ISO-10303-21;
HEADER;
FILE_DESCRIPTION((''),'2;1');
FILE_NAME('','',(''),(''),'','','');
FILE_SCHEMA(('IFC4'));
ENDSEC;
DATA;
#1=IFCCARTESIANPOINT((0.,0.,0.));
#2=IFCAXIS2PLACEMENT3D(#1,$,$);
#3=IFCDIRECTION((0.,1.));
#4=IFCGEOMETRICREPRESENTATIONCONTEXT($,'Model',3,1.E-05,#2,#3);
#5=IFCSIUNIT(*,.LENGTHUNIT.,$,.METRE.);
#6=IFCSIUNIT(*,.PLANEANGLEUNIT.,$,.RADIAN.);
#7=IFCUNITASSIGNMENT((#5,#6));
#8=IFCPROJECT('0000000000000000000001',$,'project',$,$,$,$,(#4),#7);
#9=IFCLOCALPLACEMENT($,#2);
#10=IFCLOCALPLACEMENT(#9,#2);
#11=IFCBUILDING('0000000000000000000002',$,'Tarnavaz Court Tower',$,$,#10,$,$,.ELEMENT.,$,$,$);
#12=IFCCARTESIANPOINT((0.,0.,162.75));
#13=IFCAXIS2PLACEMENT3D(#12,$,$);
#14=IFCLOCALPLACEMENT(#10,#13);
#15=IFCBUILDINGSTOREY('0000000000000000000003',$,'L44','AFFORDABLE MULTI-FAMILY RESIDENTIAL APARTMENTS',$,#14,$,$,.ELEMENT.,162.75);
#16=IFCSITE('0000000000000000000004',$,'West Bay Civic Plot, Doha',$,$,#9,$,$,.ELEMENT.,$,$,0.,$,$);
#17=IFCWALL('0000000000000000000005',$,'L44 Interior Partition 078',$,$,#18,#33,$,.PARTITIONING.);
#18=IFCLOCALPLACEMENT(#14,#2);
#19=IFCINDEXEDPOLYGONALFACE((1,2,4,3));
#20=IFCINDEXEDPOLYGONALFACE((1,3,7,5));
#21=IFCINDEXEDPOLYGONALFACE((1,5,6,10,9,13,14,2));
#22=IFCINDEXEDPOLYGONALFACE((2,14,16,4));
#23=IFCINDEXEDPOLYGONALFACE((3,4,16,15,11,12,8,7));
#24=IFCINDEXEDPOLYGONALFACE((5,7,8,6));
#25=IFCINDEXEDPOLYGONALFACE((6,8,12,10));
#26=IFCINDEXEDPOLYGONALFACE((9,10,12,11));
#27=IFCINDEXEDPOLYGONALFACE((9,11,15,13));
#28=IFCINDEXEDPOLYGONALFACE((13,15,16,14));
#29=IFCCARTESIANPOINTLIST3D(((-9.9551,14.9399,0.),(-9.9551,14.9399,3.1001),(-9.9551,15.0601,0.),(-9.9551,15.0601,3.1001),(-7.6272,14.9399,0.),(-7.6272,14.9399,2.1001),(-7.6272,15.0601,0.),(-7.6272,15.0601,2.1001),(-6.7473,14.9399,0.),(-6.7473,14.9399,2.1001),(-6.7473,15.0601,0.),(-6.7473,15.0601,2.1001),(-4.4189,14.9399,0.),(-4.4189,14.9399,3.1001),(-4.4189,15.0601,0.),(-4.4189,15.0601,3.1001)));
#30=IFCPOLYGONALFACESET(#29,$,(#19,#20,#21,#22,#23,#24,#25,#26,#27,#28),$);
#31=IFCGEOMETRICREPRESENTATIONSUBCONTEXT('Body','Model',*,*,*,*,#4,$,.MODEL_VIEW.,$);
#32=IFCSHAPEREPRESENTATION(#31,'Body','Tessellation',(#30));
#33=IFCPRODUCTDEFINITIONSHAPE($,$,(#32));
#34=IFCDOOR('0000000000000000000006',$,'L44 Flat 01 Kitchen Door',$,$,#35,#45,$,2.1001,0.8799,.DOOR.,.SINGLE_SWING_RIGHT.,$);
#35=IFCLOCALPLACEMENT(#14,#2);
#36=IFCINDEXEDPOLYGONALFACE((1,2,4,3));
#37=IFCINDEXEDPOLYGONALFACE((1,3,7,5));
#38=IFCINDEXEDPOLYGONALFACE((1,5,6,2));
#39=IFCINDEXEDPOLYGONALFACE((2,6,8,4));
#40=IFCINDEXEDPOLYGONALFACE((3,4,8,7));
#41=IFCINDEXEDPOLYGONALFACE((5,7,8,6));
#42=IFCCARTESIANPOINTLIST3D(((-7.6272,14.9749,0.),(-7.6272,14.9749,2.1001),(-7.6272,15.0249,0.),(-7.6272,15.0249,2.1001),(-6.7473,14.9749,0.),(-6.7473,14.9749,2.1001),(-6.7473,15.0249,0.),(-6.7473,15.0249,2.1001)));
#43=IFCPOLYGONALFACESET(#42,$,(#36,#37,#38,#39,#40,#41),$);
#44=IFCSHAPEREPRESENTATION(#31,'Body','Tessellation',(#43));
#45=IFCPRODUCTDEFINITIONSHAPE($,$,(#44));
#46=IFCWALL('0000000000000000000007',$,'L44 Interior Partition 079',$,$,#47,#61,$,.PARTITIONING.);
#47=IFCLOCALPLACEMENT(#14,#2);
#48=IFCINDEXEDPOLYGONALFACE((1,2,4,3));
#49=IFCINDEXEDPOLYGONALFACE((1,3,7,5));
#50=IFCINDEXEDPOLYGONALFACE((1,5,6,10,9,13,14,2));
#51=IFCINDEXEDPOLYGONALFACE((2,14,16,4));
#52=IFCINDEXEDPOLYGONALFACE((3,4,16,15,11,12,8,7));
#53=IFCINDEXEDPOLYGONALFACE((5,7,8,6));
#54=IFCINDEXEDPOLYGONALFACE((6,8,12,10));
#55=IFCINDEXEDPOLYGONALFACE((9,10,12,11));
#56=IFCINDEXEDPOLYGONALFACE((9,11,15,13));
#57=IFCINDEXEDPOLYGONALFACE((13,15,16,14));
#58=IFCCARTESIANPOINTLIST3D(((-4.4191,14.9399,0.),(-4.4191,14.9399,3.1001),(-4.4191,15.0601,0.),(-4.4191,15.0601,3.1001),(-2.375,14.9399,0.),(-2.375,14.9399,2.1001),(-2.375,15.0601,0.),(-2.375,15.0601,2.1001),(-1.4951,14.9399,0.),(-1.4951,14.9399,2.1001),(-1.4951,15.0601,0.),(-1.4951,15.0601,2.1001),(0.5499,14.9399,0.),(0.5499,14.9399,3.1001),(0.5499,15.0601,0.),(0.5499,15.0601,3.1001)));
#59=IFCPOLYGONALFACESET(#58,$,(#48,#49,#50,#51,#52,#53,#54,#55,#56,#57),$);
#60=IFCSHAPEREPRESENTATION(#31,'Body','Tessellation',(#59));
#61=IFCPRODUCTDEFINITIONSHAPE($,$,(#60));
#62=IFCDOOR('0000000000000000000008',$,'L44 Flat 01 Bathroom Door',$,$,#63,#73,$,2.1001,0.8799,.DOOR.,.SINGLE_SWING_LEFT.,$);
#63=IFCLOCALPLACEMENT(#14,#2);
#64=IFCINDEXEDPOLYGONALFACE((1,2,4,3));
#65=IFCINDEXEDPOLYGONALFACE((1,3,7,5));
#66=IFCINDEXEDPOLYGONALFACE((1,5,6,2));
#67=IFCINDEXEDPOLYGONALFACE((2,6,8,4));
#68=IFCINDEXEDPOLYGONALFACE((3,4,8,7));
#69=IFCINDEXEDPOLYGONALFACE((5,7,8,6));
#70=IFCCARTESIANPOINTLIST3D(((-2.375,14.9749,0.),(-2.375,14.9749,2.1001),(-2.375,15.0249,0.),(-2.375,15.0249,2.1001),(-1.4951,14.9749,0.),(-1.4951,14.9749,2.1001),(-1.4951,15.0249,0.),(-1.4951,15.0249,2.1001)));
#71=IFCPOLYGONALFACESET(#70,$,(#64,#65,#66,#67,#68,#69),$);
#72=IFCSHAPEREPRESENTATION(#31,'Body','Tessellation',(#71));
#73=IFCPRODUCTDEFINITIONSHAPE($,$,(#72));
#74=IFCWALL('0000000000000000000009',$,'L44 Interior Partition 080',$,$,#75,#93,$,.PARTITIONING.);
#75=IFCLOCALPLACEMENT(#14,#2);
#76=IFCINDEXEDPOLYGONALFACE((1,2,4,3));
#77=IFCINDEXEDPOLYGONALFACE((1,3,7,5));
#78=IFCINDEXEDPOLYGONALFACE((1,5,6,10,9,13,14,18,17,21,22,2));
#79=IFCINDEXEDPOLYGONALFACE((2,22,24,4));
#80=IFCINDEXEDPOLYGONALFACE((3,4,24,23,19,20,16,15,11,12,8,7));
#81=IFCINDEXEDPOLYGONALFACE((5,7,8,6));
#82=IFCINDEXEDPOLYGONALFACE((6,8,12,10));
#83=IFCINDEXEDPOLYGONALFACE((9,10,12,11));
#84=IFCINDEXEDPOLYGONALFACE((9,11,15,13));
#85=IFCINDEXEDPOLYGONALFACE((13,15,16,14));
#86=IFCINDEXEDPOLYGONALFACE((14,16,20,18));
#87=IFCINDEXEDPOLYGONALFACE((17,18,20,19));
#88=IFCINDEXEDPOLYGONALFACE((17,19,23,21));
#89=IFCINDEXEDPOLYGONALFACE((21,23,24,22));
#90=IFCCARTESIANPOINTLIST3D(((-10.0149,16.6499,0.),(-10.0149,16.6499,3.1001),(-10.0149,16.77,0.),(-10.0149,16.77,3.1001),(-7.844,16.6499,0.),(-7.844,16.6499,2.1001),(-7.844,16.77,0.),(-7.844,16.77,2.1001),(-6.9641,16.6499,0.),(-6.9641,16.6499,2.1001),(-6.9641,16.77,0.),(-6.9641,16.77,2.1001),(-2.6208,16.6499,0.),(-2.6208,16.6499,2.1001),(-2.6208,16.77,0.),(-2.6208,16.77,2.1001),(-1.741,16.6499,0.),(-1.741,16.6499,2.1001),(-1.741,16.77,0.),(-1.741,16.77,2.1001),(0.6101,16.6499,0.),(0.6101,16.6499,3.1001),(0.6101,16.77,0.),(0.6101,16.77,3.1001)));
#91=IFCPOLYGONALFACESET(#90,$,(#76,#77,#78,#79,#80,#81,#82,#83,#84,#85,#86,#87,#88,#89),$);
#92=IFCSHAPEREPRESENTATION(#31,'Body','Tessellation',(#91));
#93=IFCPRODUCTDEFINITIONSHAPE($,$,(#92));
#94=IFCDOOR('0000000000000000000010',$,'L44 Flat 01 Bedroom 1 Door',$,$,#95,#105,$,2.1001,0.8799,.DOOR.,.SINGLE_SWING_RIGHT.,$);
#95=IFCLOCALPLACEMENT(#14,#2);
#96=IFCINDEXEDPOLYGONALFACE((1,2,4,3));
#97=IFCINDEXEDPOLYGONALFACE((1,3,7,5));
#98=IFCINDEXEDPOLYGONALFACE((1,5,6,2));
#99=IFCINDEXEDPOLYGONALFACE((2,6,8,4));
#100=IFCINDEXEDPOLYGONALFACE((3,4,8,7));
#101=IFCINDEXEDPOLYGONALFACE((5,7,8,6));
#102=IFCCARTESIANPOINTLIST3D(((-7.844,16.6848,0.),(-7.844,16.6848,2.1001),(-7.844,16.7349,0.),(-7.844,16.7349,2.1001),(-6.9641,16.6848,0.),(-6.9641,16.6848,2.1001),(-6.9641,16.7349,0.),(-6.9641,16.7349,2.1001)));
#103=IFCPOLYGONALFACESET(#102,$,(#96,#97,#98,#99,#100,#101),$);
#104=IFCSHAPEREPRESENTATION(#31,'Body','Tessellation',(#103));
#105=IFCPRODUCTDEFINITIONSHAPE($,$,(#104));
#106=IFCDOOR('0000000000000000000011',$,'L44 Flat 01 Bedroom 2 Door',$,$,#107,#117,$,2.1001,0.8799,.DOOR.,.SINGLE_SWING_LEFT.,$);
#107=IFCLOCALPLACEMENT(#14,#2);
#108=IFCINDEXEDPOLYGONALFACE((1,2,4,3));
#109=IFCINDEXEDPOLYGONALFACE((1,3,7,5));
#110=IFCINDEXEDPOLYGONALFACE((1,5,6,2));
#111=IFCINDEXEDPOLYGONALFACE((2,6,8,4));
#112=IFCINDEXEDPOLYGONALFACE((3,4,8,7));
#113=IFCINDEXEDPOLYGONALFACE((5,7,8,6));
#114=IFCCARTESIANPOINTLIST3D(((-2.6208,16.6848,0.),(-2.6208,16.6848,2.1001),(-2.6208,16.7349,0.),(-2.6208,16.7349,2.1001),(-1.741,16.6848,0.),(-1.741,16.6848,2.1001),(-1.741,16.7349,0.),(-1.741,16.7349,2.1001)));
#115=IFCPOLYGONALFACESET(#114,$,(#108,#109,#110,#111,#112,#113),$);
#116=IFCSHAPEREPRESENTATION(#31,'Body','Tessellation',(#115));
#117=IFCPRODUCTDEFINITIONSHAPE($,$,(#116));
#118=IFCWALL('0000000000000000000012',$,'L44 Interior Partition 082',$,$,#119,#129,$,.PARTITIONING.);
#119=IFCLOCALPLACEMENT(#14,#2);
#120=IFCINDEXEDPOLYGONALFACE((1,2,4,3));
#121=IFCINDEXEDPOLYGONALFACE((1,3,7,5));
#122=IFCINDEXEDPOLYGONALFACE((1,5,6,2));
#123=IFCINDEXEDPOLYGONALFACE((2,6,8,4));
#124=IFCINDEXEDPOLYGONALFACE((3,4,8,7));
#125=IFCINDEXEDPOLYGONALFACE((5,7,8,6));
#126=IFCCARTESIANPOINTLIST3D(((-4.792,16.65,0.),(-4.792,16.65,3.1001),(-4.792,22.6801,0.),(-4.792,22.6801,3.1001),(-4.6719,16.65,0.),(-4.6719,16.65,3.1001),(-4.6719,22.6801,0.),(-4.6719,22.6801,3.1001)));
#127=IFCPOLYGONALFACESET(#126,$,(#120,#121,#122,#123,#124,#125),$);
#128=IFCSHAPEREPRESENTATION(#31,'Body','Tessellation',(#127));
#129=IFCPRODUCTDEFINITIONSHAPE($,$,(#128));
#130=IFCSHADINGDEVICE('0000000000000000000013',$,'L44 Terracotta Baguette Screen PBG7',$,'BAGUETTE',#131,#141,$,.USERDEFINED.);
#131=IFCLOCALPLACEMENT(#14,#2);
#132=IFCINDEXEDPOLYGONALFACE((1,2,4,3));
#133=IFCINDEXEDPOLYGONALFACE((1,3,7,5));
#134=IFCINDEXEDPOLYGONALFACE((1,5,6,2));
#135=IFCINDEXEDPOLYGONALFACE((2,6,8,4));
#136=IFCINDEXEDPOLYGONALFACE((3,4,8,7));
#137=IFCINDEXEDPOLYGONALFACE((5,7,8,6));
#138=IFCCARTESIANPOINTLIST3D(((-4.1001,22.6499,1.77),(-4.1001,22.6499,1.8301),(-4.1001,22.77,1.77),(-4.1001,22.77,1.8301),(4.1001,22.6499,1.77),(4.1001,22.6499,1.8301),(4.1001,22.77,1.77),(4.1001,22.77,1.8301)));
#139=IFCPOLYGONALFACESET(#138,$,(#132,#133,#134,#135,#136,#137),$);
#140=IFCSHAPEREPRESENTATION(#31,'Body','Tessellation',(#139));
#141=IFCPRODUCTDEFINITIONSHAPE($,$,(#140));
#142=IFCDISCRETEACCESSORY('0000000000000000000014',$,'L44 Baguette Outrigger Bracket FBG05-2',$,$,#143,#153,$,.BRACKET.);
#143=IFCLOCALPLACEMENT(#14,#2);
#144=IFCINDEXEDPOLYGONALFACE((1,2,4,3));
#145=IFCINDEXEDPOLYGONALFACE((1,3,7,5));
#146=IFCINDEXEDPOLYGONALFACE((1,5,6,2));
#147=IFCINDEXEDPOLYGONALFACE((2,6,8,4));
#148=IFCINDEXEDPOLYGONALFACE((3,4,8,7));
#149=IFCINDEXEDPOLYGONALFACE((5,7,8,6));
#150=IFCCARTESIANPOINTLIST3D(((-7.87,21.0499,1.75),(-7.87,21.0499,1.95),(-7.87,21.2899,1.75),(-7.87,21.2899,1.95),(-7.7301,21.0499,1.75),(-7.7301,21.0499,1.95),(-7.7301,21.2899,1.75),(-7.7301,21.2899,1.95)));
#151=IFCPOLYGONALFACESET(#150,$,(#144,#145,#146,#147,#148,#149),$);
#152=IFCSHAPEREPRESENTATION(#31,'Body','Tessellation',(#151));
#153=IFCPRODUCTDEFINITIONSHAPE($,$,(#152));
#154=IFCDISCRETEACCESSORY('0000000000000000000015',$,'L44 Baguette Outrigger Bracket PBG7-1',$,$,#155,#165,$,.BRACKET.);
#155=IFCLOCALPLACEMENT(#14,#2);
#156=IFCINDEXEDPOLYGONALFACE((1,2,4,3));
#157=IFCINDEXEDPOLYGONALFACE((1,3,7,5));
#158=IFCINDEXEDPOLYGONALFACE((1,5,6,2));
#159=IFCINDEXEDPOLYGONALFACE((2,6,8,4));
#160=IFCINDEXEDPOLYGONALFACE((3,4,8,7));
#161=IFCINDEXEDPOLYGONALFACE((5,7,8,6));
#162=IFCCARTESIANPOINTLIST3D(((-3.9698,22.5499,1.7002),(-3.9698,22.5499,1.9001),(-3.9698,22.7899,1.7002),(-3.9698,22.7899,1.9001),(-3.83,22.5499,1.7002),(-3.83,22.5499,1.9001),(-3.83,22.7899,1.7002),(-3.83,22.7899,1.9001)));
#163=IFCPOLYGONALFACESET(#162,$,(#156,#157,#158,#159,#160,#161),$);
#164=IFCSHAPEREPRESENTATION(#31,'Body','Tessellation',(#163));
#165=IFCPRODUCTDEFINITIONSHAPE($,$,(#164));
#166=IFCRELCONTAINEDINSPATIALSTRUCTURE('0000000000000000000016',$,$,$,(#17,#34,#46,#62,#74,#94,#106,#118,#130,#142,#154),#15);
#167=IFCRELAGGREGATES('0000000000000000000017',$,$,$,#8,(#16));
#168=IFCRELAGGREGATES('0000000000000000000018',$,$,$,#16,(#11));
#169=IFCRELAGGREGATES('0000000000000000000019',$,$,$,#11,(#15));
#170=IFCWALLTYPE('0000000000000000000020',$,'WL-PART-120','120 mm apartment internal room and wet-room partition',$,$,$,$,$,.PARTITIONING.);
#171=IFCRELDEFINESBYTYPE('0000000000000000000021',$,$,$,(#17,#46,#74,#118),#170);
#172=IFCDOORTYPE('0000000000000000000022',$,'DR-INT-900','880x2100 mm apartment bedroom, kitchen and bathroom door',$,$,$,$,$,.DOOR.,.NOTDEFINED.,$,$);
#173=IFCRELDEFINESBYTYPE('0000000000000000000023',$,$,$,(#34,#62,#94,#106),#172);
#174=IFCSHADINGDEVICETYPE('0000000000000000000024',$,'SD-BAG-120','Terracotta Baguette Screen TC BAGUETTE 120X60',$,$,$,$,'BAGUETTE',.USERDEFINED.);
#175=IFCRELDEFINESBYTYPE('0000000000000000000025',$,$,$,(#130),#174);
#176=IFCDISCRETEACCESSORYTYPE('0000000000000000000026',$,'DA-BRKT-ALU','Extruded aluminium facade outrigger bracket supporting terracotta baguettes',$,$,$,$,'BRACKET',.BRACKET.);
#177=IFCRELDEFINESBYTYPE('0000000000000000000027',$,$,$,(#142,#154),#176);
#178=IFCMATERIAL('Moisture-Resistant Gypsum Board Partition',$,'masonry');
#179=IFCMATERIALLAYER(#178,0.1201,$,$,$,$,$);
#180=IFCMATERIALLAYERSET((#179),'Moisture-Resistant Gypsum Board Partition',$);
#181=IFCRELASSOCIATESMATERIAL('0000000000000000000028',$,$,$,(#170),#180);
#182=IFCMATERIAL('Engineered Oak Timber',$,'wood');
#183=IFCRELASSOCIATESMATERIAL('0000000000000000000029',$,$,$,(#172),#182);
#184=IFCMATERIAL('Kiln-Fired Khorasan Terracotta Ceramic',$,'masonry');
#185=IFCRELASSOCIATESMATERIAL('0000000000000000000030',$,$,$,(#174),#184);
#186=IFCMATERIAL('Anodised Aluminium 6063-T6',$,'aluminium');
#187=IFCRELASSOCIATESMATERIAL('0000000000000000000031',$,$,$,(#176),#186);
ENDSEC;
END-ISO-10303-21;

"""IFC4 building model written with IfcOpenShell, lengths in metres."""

from ifc_helpers import new_model, si_unit, direction, frame, frame_2d, origin, origin_2d, place, context, subcontext, project, spatial, rectangle, extrude, material, layer, layer_set, material_profile, profile_set, type_object, element, fill, save


model = new_model("IFC4")

# Units and contexts
model_context = context("Model", 3, precision=1e-05, world=origin(), true_north=direction((0.0, 1.0)))
body_context = subcontext(model_context, "Body", "Model", "MODEL_VIEW")
ifc_project = project(units=[si_unit("LENGTHUNIT", "METRE"), si_unit("PLANEANGLEUNIT", "RADIAN")], contexts=[model_context])

# Site, building, storey
site_placement = place(None, origin())
site = spatial("IfcSite", under=ifc_project, at=site_placement, Name="West Bay Civic Plot, Doha", CompositionType="ELEMENT", RefElevation=0.0)
building_placement = place(site_placement, origin())
building = spatial("IfcBuilding", under=site, at=building_placement, Name="Tarnavaz Court Tower", CompositionType="ELEMENT")
storey_placement = place(building_placement, frame((0.0, 0.0, 162.75)))
storey = spatial("IfcBuildingStorey", under=building, at=storey_placement, Name="L44", Description="AFFORDABLE MULTI-FAMILY RESIDENTIAL APARTMENTS", CompositionType="ELEMENT", Elevation=162.75)

# Shared definitions
ifc_material_1 = material(Name="Anodised Aluminium 6063-T6", Category="aluminium")

# Walls, openings, doors
ifc_material_2 = material(Name="Moisture-Resistant Gypsum Board Partition", Category="masonry")
ifc_layer_1 = layer(ifc_material_2, 0.1201)
ifc_layer_set_1 = layer_set([ifc_layer_1], Name="Moisture-Resistant Gypsum Board Partition")
wall_type_1 = type_object("IfcWallType", Name="WL-PART-120", Description="120 mm apartment internal room and wet-room partition", PredefinedType="PARTITIONING", material=ifc_layer_set_1)
wall_1_placement = place(storey_placement, frame((-9.9551, 15.0, 0.0), z_axis=(0.0, 0.0, 1.0), x_axis=(1.0, 0.0, 0.0)))
wall_1 = element("IfcWall", 1, at=wall_1_placement, inside=storey, type_object=wall_type_1, Name="L44 Interior Partition 078", PredefinedType="PARTITIONING", context=body_context, shape_type="SweptSolid", body=[
    extrude(rectangle(XDim=5.5361, YDim=0.1201, at=frame_2d((2.7681, 0.0))), origin(), (0.0, 0.0, 1.0), 3.1001),
])
opening_1_placement = place(wall_1_placement, frame((2.3279, 0.0, 0.0)))
opening_1 = element("IfcOpeningElement", 2, at=opening_1_placement, cuts=wall_1, PredefinedType="OPENING", context=body_context, shape_type="SweptSolid", body=[
    extrude(rectangle(XDim=0.8799, YDim=2.1001, at=frame_2d((0.4399, 1.05))), frame((0.0, 0.0701, 0.0), z_axis=(0.0, -1.0, 0.0), x_axis=(1.0, 0.0, 0.0)), (0.0, 0.0, 1.0), 0.1401),
])
ifc_material_3 = material(Name="Engineered Oak Timber", Category="wood")
door_type = type_object("IfcDoorType", Name="DR-INT-900", Description="880x2100 mm apartment bedroom, kitchen and bathroom door", OperationType="NOTDEFINED", PredefinedType="DOOR", material=ifc_material_3)
door_1_placement = place(opening_1_placement, origin())
door_1 = element("IfcDoor", 3, at=door_1_placement, inside=storey, type_object=door_type, Name="L44 Flat 01 Kitchen Door", OperationType="SINGLE_SWING_RIGHT", OverallHeight=2.1001, OverallWidth=0.8799, PredefinedType="DOOR", context=body_context, shape_type="SweptSolid", body=[
    extrude(rectangle(XDim=0.8799, YDim=2.1001, at=frame_2d((0.4399, 1.05))), frame((0.0, 0.0249, 0.0), z_axis=(0.0, -1.0, 0.0), x_axis=(1.0, 0.0, 0.0)), (0.0, 0.0, 1.0), 0.05),
])
fill(opening_1, door_1)
wall_2_placement = place(storey_placement, frame((-4.4189, 15.0, 0.0), z_axis=(0.0, 0.0, 1.0), x_axis=(1.0, 0.0, 0.0)))
wall_2 = element("IfcWall", 4, at=wall_2_placement, inside=storey, type_object=wall_type_1, Name="L44 Interior Partition 079", PredefinedType="PARTITIONING", context=body_context, shape_type="SweptSolid", body=[
    extrude(rectangle(XDim=4.969, YDim=0.1201, at=frame_2d((2.4844, 0.0))), origin(), (0.0, 0.0, 1.0), 3.1001),
])
opening_2_placement = place(wall_2_placement, frame((2.0439, 0.0, 0.0)))
opening_2 = element("IfcOpeningElement", 5, at=opening_2_placement, cuts=wall_2, PredefinedType="OPENING", context=body_context, shape_type="SweptSolid", body=[
    extrude(rectangle(XDim=0.8799, YDim=2.1001, at=frame_2d((0.4399, 1.05))), frame((0.0, 0.0701, 0.0), z_axis=(0.0, -1.0, 0.0), x_axis=(1.0, 0.0, 0.0)), (0.0, 0.0, 1.0), 0.1401),
])
door_2_placement = place(opening_2_placement, origin())
door_2 = element("IfcDoor", 6, at=door_2_placement, inside=storey, type_object=door_type, Name="L44 Flat 01 Bathroom Door", OperationType="SINGLE_SWING_LEFT", OverallHeight=2.1001, OverallWidth=0.8799, PredefinedType="DOOR", context=body_context, shape_type="SweptSolid", body=[
    extrude(rectangle(XDim=0.8799, YDim=2.1001, at=frame_2d((0.4399, 1.05))), frame((0.0, 0.0249, 0.0), z_axis=(0.0, -1.0, 0.0), x_axis=(1.0, 0.0, 0.0)), (0.0, 0.0, 1.0), 0.05),
])
fill(opening_2, door_2)

# Wall, openings, doors
wall_3_placement = place(storey_placement, frame((-10.0149, 16.71, 0.0), z_axis=(0.0, 0.0, 1.0), x_axis=(1.0, 0.0, 0.0)))
wall_3 = element("IfcWall", 7, at=wall_3_placement, inside=storey, type_object=wall_type_1, Name="L44 Interior Partition 080", PredefinedType="PARTITIONING", context=body_context, shape_type="SweptSolid", body=[
    extrude(rectangle(XDim=10.625, YDim=0.1201, at=frame_2d((5.3125, 0.0))), origin(), (0.0, 0.0, 1.0), 3.1001),
])
opening_3_placement = place(wall_3_placement, frame((2.1709, 0.0, 0.0)))
opening_3 = element("IfcOpeningElement", 8, at=opening_3_placement, cuts=wall_3, PredefinedType="OPENING", context=body_context, shape_type="SweptSolid", body=[
    extrude(rectangle(XDim=0.8799, YDim=2.1001, at=frame_2d((0.4399, 1.05))), frame((0.0, 0.0701, 0.0), z_axis=(0.0, -1.0, 0.0), x_axis=(1.0, 0.0, 0.0)), (0.0, 0.0, 1.0), 0.1401),
])
opening_4_placement = place(wall_3_placement, frame((7.394, 0.0, 0.0)))
opening_4 = element("IfcOpeningElement", 9, at=opening_4_placement, cuts=wall_3, PredefinedType="OPENING", context=body_context, shape_type="SweptSolid", body=[
    extrude(rectangle(XDim=0.8799, YDim=2.1001, at=frame_2d((0.4399, 1.05))), frame((0.0, 0.0701, 0.0), z_axis=(0.0, -1.0, 0.0), x_axis=(1.0, 0.0, 0.0)), (0.0, 0.0, 1.0), 0.1401),
])
door_3_placement = place(opening_3_placement, origin())
door_3 = element("IfcDoor", 10, at=door_3_placement, inside=storey, type_object=door_type, Name="L44 Flat 01 Bedroom 1 Door", OperationType="SINGLE_SWING_RIGHT", OverallHeight=2.1001, OverallWidth=0.8799, PredefinedType="DOOR", context=body_context, shape_type="SweptSolid", body=[
    extrude(rectangle(XDim=0.8799, YDim=2.1001, at=frame_2d((0.4399, 1.05))), frame((0.0, 0.0249, 0.0), z_axis=(0.0, -1.0, 0.0), x_axis=(1.0, 0.0, 0.0)), (0.0, 0.0, 1.0), 0.05),
])
fill(opening_3, door_3)
door_4_placement = place(opening_4_placement, origin())
door_4 = element("IfcDoor", 11, at=door_4_placement, inside=storey, type_object=door_type, Name="L44 Flat 01 Bedroom 2 Door", OperationType="SINGLE_SWING_LEFT", OverallHeight=2.1001, OverallWidth=0.8799, PredefinedType="DOOR", context=body_context, shape_type="SweptSolid", body=[
    extrude(rectangle(XDim=0.8799, YDim=2.1001, at=frame_2d((0.4399, 1.05))), frame((0.0, 0.0249, 0.0), z_axis=(0.0, -1.0, 0.0), x_axis=(1.0, 0.0, 0.0)), (0.0, 0.0, 1.0), 0.05),
])
fill(opening_4, door_4)

# Wall
wall_4_placement = place(storey_placement, frame((-4.7319, 16.6499, 0.0), z_axis=(0.0, 0.0, 1.0), x_axis=(0.0, 1.0, 0.0)))
element("IfcWall", 12, at=wall_4_placement, inside=storey, type_object=wall_type_1, Name="L44 Interior Partition 082", PredefinedType="PARTITIONING", context=body_context, shape_type="SweptSolid", body=[
    extrude(rectangle(XDim=6.03, YDim=0.1201, at=frame_2d((3.0151, 0.0))), origin(), (0.0, 0.0, 1.0), 3.1001),
])

# Shading device
ifc_material_4 = material(Name="Kiln-Fired Khorasan Terracotta Ceramic", Category="masonry")
ifc_material_profile_1 = material_profile(ifc_material_4, rectangle(XDim=0.1201, YDim=0.0601, at=origin_2d()), Name="TC BAGUETTE 120X60")
ifc_profile_set_1 = profile_set([ifc_material_profile_1], Name="Kiln-Fired Khorasan Terracotta Ceramic")
shading_device_type = type_object("IfcShadingDeviceType", Name="SD-BAG-120", Description="Terracotta Baguette Screen TC BAGUETTE 120X60", ElementType="BAGUETTE", PredefinedType="USERDEFINED", material=ifc_profile_set_1)
shading_device_placement = place(storey_placement, frame((-4.1001, 22.71, 1.8), z_axis=(1.0, 0.0, 0.0), x_axis=(0.0, 1.0, 0.0)))
element("IfcShadingDevice", 13, at=shading_device_placement, inside=storey, type_object=shading_device_type, Name="L44 Terracotta Baguette Screen PBG7", ObjectType="BAGUETTE", PredefinedType="USERDEFINED", context=body_context, shape_type="SweptSolid", body=[
    extrude(rectangle(XDim=0.1201, YDim=0.0601, at=origin_2d()), origin(), (0.0, 0.0, 1.0), 8.2002),
])

# Discrete accessories
discrete_accessory_type = type_object("IfcDiscreteAccessoryType", Name="DA-BRKT-ALU", Description="Extruded aluminium facade outrigger bracket supporting terracotta baguettes", ElementType="BRACKET", PredefinedType="BRACKET", material=ifc_material_1)
for number, where, z_axis, x_axis, name in (
    (14, (-7.8, 21.1699, 1.75), (0.0, 0.0, 1.0), (1.0, 0.0, 0.0), "L44 Baguette Outrigger Bracket FBG05-2"),
    (15, (-3.8999, 22.6699, 1.7002), (0.0, 0.0, 1.0), (1.0, 0.0, 0.0), "L44 Baguette Outrigger Bracket PBG7-1"),
):
    element("IfcDiscreteAccessory", number, at=place(storey_placement, frame(where, z_axis=z_axis, x_axis=x_axis)), inside=storey, type_object=discrete_accessory_type, Name=name, PredefinedType="BRACKET", context=body_context, shape_type="SweptSolid", body=[
        extrude(rectangle(XDim=0.1399, YDim=0.24, at=origin_2d()), origin(), (0.0, 0.0, 1.0), 0.2),
    ])

save(model, "model.ifc")
